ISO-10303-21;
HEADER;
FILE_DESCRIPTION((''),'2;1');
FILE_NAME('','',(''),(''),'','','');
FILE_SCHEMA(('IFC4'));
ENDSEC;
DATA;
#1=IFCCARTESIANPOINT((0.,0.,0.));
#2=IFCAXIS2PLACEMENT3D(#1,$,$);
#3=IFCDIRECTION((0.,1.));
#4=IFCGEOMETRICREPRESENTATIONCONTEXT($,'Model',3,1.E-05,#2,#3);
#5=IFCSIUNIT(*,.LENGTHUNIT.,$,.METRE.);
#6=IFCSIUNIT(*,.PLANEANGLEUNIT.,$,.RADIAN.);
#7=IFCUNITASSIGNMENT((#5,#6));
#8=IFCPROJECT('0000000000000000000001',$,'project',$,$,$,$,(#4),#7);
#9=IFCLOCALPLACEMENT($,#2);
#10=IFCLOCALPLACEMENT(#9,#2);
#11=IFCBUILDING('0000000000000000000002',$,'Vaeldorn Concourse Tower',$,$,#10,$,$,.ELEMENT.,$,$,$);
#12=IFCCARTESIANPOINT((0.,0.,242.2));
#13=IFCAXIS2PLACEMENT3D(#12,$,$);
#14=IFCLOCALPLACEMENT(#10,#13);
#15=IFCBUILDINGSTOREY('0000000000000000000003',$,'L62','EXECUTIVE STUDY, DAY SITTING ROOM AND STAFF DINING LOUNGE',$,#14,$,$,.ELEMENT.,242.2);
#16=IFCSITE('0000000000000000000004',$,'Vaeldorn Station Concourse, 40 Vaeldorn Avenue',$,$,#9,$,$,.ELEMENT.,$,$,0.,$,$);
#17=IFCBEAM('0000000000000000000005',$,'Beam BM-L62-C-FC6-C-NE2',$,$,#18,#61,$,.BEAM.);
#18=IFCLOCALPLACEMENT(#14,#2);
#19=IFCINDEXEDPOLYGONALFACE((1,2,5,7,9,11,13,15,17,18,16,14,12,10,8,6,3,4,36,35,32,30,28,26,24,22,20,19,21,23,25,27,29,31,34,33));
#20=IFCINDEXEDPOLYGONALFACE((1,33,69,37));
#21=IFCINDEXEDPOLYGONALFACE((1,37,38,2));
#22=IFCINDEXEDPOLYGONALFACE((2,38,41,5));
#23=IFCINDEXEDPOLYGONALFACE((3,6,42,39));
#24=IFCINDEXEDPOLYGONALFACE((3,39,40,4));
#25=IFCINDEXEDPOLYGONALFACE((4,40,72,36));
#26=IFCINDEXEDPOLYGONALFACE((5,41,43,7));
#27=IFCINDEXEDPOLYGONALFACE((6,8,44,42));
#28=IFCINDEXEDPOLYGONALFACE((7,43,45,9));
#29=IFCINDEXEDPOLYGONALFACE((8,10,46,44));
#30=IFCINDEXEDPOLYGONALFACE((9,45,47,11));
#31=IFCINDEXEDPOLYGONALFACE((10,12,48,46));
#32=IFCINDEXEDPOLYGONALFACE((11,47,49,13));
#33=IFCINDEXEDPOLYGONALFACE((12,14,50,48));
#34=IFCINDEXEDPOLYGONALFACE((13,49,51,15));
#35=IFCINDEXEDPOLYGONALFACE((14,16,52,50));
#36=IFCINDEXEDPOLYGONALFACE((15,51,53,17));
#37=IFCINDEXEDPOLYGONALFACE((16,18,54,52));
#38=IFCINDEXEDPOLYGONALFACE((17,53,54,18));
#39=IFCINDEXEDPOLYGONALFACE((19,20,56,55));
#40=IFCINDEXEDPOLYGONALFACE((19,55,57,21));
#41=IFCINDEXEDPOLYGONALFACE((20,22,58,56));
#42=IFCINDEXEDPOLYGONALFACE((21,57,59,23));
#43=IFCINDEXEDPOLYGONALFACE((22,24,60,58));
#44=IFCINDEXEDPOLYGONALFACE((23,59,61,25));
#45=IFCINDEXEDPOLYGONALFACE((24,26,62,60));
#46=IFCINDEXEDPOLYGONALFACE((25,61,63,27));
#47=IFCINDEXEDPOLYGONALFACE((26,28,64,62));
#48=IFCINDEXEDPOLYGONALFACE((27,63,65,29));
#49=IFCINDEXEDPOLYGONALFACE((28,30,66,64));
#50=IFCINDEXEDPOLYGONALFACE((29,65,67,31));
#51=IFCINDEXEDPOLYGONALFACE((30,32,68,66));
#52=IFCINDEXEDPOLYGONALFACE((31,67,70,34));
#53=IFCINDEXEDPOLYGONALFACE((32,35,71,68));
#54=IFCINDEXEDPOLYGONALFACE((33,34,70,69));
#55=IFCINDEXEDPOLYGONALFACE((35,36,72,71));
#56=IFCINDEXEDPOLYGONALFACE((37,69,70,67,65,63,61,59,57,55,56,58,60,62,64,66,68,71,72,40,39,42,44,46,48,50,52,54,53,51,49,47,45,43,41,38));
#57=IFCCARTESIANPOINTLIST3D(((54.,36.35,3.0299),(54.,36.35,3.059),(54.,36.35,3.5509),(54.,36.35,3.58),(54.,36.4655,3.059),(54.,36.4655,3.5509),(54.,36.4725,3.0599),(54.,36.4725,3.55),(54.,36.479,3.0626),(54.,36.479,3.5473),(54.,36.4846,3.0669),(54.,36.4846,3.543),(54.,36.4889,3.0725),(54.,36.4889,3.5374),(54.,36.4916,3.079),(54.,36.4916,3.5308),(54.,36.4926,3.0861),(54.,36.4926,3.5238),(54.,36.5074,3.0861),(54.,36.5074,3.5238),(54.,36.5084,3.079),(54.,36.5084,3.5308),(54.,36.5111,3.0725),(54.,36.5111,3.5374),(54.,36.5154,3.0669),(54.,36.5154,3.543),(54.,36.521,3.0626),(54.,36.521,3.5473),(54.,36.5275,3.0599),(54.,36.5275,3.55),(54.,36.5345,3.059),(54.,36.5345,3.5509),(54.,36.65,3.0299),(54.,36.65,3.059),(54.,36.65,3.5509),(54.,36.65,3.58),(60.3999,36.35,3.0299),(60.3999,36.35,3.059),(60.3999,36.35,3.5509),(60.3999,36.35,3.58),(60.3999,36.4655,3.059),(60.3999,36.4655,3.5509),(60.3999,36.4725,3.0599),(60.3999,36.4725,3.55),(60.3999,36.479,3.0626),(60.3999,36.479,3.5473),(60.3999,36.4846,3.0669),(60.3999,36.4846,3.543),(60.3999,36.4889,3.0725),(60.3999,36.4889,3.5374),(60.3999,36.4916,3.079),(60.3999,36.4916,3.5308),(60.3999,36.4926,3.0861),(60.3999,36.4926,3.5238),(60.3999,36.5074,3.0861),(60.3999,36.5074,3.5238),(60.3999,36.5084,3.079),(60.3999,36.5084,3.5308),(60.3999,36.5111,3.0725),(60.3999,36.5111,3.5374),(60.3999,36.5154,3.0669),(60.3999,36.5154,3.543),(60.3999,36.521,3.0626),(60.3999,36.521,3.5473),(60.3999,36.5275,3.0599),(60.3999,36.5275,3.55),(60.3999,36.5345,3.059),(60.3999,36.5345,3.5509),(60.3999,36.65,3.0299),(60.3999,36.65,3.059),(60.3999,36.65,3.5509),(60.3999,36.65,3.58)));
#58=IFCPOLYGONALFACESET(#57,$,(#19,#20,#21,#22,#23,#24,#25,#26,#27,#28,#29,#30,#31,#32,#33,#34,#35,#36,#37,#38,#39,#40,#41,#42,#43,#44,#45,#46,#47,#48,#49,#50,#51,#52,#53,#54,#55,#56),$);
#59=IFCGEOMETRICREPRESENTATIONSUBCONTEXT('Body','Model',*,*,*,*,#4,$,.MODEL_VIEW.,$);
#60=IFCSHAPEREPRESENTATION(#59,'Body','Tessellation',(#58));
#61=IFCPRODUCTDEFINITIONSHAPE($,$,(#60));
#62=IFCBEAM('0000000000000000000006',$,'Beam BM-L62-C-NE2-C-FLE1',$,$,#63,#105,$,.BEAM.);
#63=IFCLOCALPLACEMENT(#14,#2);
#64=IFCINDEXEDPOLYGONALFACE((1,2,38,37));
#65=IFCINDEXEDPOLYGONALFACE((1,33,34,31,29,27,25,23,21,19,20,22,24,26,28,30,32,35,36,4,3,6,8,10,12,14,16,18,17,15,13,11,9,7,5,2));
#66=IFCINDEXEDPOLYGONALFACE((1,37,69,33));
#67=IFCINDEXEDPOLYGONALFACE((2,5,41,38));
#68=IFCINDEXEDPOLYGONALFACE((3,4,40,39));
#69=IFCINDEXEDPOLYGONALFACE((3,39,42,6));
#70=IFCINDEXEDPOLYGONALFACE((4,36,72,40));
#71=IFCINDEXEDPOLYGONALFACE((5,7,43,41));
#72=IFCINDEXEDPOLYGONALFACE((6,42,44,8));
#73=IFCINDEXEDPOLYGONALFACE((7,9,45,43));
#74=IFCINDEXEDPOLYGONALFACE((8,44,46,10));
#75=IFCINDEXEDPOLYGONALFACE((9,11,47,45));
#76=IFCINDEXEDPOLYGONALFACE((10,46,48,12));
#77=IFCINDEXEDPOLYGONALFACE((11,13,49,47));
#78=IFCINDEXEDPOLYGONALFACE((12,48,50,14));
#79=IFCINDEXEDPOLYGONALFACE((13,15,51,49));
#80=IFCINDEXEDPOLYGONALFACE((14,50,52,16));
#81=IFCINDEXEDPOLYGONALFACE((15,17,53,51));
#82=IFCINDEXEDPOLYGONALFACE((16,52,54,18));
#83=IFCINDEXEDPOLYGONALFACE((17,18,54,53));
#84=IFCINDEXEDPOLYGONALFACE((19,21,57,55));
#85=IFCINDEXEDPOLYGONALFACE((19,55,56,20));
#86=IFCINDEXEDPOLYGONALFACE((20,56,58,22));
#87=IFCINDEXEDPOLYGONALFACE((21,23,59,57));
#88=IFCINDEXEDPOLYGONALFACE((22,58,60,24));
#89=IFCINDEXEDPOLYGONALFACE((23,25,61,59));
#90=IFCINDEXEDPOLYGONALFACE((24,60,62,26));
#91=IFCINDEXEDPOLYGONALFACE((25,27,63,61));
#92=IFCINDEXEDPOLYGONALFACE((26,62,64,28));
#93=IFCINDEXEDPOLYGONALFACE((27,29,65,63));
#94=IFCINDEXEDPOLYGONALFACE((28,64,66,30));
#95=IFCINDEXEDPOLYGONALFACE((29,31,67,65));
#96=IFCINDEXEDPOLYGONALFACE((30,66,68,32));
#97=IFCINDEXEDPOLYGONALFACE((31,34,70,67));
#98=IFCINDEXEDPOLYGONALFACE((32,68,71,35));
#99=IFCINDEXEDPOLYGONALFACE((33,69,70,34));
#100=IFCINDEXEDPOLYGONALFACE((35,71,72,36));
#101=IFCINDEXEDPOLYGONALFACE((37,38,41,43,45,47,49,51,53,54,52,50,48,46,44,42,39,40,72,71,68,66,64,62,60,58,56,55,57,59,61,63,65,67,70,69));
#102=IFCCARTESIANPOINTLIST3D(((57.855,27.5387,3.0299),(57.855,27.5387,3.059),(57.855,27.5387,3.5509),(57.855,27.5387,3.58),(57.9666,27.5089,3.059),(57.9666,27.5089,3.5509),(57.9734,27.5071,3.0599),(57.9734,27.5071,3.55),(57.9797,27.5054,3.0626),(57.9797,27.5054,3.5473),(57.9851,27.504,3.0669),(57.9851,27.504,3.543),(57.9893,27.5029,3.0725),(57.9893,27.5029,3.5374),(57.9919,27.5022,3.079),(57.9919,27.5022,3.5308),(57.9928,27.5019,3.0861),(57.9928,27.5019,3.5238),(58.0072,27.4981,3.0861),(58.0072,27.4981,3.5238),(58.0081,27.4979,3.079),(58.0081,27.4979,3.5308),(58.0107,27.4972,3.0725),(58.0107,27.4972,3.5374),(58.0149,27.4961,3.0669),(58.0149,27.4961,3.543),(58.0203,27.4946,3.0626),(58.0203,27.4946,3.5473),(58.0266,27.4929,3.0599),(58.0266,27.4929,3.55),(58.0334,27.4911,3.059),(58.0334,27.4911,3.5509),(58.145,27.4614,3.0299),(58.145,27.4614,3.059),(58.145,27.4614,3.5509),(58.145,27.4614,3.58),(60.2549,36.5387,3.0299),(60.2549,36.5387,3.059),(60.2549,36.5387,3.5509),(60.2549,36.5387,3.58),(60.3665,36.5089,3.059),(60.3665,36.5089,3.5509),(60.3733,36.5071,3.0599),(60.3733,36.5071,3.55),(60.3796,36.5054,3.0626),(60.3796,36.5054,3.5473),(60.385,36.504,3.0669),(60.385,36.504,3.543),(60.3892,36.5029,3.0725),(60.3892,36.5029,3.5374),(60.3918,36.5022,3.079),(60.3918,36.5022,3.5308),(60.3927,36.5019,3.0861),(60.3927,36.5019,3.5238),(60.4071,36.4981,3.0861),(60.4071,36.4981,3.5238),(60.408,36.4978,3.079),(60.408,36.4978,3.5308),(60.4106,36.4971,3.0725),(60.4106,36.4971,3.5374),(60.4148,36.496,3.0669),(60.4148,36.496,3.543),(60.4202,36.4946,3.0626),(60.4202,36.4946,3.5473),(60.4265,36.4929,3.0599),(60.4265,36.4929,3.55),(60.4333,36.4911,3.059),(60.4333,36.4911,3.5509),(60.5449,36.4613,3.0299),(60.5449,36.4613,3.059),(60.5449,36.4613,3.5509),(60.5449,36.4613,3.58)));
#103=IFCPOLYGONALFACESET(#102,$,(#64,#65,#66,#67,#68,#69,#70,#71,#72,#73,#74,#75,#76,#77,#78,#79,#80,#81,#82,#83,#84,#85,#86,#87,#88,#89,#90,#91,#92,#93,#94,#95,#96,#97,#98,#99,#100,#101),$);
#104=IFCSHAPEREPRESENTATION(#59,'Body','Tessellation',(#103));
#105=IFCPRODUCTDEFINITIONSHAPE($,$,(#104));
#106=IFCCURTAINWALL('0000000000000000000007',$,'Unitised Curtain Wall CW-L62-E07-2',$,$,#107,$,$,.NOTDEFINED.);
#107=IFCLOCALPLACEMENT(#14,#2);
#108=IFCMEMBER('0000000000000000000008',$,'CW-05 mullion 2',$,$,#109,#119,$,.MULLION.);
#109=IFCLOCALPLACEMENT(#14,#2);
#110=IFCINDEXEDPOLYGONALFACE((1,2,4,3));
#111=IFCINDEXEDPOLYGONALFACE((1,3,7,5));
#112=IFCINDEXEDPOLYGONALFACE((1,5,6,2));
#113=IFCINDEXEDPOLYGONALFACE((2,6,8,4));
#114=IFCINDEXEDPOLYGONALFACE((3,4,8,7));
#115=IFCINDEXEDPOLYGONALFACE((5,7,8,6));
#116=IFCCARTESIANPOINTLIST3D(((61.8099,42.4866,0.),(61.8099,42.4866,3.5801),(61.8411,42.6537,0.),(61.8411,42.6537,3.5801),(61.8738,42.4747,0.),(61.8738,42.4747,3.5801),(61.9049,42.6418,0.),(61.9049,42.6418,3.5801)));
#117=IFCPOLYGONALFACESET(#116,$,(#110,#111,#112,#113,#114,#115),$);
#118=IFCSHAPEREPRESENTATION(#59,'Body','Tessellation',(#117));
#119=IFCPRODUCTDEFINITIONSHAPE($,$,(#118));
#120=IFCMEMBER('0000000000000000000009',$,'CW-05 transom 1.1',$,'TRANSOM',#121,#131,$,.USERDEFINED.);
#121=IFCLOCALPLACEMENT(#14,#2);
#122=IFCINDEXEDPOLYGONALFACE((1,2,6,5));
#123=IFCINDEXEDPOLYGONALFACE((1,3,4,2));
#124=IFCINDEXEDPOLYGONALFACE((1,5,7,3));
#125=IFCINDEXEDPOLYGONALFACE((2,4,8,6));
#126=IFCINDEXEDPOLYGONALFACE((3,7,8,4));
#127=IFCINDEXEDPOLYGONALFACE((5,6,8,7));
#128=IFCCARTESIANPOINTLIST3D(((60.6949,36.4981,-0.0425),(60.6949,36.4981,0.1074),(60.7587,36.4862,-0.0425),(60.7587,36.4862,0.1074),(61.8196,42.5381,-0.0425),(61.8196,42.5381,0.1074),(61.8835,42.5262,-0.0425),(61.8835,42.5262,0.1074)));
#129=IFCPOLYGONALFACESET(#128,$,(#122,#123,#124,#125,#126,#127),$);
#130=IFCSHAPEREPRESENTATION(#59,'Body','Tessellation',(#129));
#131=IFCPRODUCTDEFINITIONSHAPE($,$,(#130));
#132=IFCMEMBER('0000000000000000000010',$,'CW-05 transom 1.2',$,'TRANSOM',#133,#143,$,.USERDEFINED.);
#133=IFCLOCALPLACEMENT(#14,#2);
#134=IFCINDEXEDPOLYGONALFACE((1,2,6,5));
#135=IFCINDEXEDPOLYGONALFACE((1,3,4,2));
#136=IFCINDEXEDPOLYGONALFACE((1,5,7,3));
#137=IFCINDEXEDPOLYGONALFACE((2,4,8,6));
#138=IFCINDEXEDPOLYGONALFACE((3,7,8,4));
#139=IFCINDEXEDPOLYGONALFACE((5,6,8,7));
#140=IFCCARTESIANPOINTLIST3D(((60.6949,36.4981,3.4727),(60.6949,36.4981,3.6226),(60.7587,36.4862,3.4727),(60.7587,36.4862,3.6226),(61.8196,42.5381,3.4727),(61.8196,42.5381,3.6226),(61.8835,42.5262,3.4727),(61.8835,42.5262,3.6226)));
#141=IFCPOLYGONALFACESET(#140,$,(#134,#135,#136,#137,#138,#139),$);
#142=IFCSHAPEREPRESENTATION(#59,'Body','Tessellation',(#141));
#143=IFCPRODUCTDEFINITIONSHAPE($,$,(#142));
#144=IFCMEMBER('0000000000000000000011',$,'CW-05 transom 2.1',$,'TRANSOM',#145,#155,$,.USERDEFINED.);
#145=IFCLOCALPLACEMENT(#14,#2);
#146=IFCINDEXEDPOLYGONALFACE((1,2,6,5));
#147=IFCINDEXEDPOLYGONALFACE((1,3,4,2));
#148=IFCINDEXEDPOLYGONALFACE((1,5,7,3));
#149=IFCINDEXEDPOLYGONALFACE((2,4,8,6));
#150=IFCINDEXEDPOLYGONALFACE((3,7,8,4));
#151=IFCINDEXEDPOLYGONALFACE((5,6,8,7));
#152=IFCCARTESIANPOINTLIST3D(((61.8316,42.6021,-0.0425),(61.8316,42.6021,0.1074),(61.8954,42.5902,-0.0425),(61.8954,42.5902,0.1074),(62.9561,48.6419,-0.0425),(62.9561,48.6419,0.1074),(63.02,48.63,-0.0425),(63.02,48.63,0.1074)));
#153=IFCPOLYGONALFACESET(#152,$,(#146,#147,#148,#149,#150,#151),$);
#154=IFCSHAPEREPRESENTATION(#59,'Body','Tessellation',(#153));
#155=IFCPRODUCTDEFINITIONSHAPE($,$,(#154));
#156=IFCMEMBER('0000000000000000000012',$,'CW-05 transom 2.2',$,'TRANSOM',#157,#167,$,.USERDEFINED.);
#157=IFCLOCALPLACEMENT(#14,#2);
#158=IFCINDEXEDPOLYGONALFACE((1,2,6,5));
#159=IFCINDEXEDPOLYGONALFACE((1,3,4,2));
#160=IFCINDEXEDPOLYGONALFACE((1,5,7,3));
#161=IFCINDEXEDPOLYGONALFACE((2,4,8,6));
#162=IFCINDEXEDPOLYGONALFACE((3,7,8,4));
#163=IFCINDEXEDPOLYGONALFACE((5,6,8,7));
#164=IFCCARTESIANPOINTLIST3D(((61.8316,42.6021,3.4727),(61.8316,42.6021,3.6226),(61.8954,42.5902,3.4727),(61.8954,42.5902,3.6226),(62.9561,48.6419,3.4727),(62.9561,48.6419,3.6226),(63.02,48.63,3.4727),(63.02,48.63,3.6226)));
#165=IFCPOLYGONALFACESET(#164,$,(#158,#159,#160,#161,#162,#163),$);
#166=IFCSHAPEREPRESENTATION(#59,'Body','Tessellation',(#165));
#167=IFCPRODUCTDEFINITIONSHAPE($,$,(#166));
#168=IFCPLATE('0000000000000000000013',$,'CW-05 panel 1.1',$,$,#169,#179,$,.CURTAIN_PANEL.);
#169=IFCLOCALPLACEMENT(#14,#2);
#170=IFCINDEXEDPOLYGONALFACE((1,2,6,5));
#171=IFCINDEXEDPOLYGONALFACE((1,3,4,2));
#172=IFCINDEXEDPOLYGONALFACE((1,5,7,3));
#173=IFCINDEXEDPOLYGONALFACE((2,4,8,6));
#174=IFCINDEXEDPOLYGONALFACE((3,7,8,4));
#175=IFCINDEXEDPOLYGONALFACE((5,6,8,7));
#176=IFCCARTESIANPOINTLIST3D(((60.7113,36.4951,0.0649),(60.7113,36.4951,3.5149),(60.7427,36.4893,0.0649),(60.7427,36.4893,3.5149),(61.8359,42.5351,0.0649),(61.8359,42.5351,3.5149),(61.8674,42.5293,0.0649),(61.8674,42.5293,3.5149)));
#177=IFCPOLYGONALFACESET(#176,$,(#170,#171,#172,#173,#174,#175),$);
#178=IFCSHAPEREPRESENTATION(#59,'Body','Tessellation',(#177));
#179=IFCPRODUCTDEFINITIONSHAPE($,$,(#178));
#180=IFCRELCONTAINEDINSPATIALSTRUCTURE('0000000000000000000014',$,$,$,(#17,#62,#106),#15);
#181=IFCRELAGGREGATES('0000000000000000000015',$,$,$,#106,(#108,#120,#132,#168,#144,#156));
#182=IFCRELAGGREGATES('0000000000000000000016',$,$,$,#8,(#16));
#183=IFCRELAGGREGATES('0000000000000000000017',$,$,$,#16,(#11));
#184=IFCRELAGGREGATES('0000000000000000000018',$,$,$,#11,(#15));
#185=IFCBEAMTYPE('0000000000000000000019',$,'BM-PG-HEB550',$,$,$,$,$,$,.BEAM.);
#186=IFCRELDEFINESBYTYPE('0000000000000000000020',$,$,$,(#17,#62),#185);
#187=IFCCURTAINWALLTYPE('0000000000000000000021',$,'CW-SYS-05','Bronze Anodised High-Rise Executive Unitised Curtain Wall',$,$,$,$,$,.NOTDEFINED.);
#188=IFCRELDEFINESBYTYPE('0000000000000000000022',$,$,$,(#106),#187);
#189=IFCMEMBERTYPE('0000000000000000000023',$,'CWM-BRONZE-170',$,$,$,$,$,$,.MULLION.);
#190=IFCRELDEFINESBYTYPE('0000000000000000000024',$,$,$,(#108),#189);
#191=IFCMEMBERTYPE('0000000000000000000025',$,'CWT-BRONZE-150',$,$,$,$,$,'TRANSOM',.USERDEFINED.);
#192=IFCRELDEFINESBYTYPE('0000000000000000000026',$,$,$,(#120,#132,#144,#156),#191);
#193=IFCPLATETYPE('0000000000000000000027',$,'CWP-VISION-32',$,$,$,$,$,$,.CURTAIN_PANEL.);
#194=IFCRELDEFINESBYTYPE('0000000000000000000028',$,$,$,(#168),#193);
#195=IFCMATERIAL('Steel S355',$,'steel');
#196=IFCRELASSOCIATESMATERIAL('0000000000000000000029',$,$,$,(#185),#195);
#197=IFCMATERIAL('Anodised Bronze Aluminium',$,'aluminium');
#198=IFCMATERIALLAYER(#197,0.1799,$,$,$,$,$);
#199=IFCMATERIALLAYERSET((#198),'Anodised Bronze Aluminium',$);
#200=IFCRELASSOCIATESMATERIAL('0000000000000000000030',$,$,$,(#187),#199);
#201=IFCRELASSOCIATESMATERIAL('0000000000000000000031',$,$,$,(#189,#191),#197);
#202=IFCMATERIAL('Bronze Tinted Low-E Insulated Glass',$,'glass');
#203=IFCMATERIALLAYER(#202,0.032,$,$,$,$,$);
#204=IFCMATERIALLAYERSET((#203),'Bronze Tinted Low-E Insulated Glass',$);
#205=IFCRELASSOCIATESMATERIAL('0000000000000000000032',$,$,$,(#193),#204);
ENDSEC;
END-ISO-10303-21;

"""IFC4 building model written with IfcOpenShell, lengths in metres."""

from ifc_helpers import new_model, si_unit, direction, frame, origin, origin_2d, place, context, subcontext, project, spatial, rectangle, i_section, extrude, source, transform, mapped, material, layer, layer_set, material_profile, profile_set, type_object, element, aggregate, save


model = new_model("IFC4")

# Units and contexts
model_context = context("Model", 3, precision=1e-05, world=origin(), true_north=direction((0.0, 1.0)))
body_context = subcontext(model_context, "Body", "Model", "MODEL_VIEW")
ifc_project = project(units=[si_unit("LENGTHUNIT", "METRE"), si_unit("PLANEANGLEUNIT", "RADIAN")], contexts=[model_context])

# Site, building, storey
site_placement = place(None, origin())
site = spatial("IfcSite", under=ifc_project, at=site_placement, Name="Vaeldorn Station Concourse, 40 Vaeldorn Avenue", CompositionType="ELEMENT", RefElevation=0.0)
building_placement = place(site_placement, origin())
building = spatial("IfcBuilding", under=site, at=building_placement, Name="Vaeldorn Concourse Tower", CompositionType="ELEMENT")
storey_placement = place(building_placement, frame((0.0, 0.0, 242.2)))
storey = spatial("IfcBuildingStorey", under=building, at=storey_placement, Name="L62", Description="EXECUTIVE STUDY, DAY SITTING ROOM AND STAFF DINING LOUNGE", CompositionType="ELEMENT", Elevation=242.2)

# Shared definitions
ifc_material_1 = material(Name="Steel S355", Category="steel")

# Beams
ifc_material_profile_1 = material_profile(ifc_material_1, i_section(OverallWidth=0.3, OverallDepth=0.55, WebThickness=0.0149, FlangeThickness=0.0291, FilletRadius=0.0271, at=origin_2d()), Name="HEB 550")
ifc_profile_set_1 = profile_set([ifc_material_profile_1], Name="Steel S355")
beam_type_1 = type_object("IfcBeamType", Name="BM-PG-HEB550", PredefinedType="BEAM", material=ifc_profile_set_1)
shared_shape_1 = source(origin(), body_context, "Body", "SweptSolid", [
    extrude(i_section(OverallWidth=0.3, OverallDepth=0.55, WebThickness=0.0149, FlangeThickness=0.0291, FilletRadius=0.0271, at=origin_2d()), origin(), (0.0, 0.0, 1.0), 6.3999),
])
beam_1_placement = place(storey_placement, frame((54.0, 36.5, 3.3049), z_axis=(1.0, 0.0, 0.0), x_axis=(0.0, 1.0, 0.0)))
element("IfcBeam", 1, at=beam_1_placement, inside=storey, type_object=beam_type_1, Name="Beam BM-L62-C-FC6-C-NE2", PredefinedType="BEAM", context=body_context, shape_type="MappedRepresentation", body=[
    mapped(shared_shape_1, transform((0.0, 0.0, 0.0), scale=1.0)),
])
shared_shape_2 = source(origin(), body_context, "Body", "SweptSolid", [
    extrude(i_section(OverallWidth=0.3, OverallDepth=0.55, WebThickness=0.0149, FlangeThickness=0.0291, FilletRadius=0.0271, at=origin_2d()), origin(), (0.0, 0.0, 1.0), 9.3145),
])
beam_2_placement = place(storey_placement, frame((60.3999, 36.5, 3.3049), z_axis=(-0.257653, -0.966238, 0.0), x_axis=(0.966238, -0.257653, 0.0)))
element("IfcBeam", 2, at=beam_2_placement, inside=storey, type_object=beam_type_1, Name="Beam BM-L62-C-NE2-C-FLE1", PredefinedType="BEAM", context=body_context, shape_type="MappedRepresentation", body=[
    mapped(shared_shape_2, transform((0.0, 0.0, 0.0), scale=1.0)),
])

# Curtain wall, members, plate
ifc_material_2 = material(Name="Anodised Bronze Aluminium", Category="aluminium")
ifc_layer_1 = layer(ifc_material_2, 0.1799)
ifc_layer_set_1 = layer_set([ifc_layer_1], Name="Anodised Bronze Aluminium")
curtain_wall_type = type_object("IfcCurtainWallType", Name="CW-SYS-05", Description="Bronze Anodised High-Rise Executive Unitised Curtain Wall", PredefinedType="NOTDEFINED", material=ifc_layer_set_1)
curtain_wall_placement = place(storey_placement, origin())
curtain_wall = element("IfcCurtainWall", 3, at=curtain_wall_placement, inside=storey, type_object=curtain_wall_type, Name="Unitised Curtain Wall CW-L62-E07-2", PredefinedType="NOTDEFINED")
ifc_material_profile_2 = material_profile(ifc_material_2, rectangle(XDim=0.0649, YDim=0.1699, at=origin_2d()), Name="CWM 65x170")
ifc_profile_set_2 = profile_set([ifc_material_profile_2], Name="Anodised Bronze Aluminium")
member_type_1 = type_object("IfcMemberType", Name="CWM-BRONZE-170", PredefinedType="MULLION", material=ifc_profile_set_2)
shared_shape_3 = source(origin(), body_context, "Body", "SweptSolid", [
    extrude(rectangle(XDim=0.0649, YDim=0.1699, at=origin_2d()), origin(), (0.0, 0.0, 1.0), 3.5801),
])
member_1_placement = place(storey_placement, frame((61.8574, 42.5642, 0.0), z_axis=(0.0, 0.0, 1.0), x_axis=(-0.983103, 0.183054, 0.0)))
member_1 = element("IfcMember", 4, at=member_1_placement, type_object=member_type_1, Name="CW-05 mullion 2", PredefinedType="MULLION", context=body_context, shape_type="MappedRepresentation", body=[
    mapped(shared_shape_3, transform((0.0, 0.0, 0.0), scale=1.0)),
])
ifc_material_profile_3 = material_profile(ifc_material_2, rectangle(XDim=0.0649, YDim=0.1499, at=origin_2d()), Name="CWT 65x150")
ifc_profile_set_3 = profile_set([ifc_material_profile_3], Name="Anodised Bronze Aluminium")
member_type_2 = type_object("IfcMemberType", Name="CWT-BRONZE-150", ElementType="TRANSOM", PredefinedType="USERDEFINED", material=ifc_profile_set_3)
shared_shape_4 = source(origin(), body_context, "Body", "SweptSolid", [
    extrude(rectangle(XDim=0.0649, YDim=0.1499, at=origin_2d()), origin(), (0.0, 0.0, 1.0), 6.1438),
])
member_2_placement = place(storey_placement, frame((60.7268, 36.4922, 0.0325), z_axis=(0.18307, 0.9831, 0.0), x_axis=(-0.9831, 0.18307, 0.0)))
member_2 = element("IfcMember", 5, at=member_2_placement, type_object=member_type_2, Name="CW-05 transom 1.1", ObjectType="TRANSOM", PredefinedType="USERDEFINED", context=body_context, shape_type="MappedRepresentation", body=[
    mapped(shared_shape_4, transform((0.0, 0.0, 0.0), scale=1.0)),
])
member_3_placement = place(storey_placement, frame((60.7268, 36.4922, 3.5476), z_axis=(0.18307, 0.9831, 0.0), x_axis=(-0.9831, 0.18307, 0.0)))
member_3 = element("IfcMember", 6, at=member_3_placement, type_object=member_type_2, Name="CW-05 transom 1.2", ObjectType="TRANSOM", PredefinedType="USERDEFINED", context=body_context, shape_type="MappedRepresentation", body=[
    mapped(shared_shape_4, transform((0.0, 0.0, 0.0), scale=1.0)),
])
shared_shape_5 = source(origin(), body_context, "Body", "SweptSolid", [
    extrude(rectangle(XDim=0.0649, YDim=0.1499, at=origin_2d()), origin(), (0.0, 0.0, 1.0), 6.1436),
])
member_4_placement = place(storey_placement, frame((61.8635, 42.5962, 0.0325), z_axis=(0.183038, 0.983106, 0.0), x_axis=(-0.983106, 0.183038, 0.0)))
member_4 = element("IfcMember", 7, at=member_4_placement, type_object=member_type_2, Name="CW-05 transom 2.1", ObjectType="TRANSOM", PredefinedType="USERDEFINED", context=body_context, shape_type="MappedRepresentation", body=[
    mapped(shared_shape_5, transform((0.0, 0.0, 0.0), scale=1.0)),
])
member_5_placement = place(storey_placement, frame((61.8635, 42.5962, 3.5476), z_axis=(0.183038, 0.983106, 0.0), x_axis=(-0.983106, 0.183038, 0.0)))
member_5 = element("IfcMember", 8, at=member_5_placement, type_object=member_type_2, Name="CW-05 transom 2.2", ObjectType="TRANSOM", PredefinedType="USERDEFINED", context=body_context, shape_type="MappedRepresentation", body=[
    mapped(shared_shape_5, transform((0.0, 0.0, 0.0), scale=1.0)),
])
ifc_material_3 = material(Name="Bronze Tinted Low-E Insulated Glass", Category="glass")
ifc_layer_2 = layer(ifc_material_3, 0.032)
ifc_layer_set_2 = layer_set([ifc_layer_2], Name="Bronze Tinted Low-E Insulated Glass")
plate_type = type_object("IfcPlateType", Name="CWP-VISION-32", PredefinedType="CURTAIN_PANEL", material=ifc_layer_set_2)
shared_shape_6 = source(origin(), body_context, "Body", "SweptSolid", [
    extrude(rectangle(XDim=6.1438, YDim=0.032, at=origin_2d()), origin(), (0.0, 0.0, 1.0), 3.45),
])
plate_placement = place(storey_placement, frame((61.2893, 39.5122, 0.0649), z_axis=(0.0, 0.0, 1.0), x_axis=(0.183054, 0.983103, 0.0)))
plate = element("IfcPlate", 9, at=plate_placement, type_object=plate_type, Name="CW-05 panel 1.1", PredefinedType="CURTAIN_PANEL", context=body_context, shape_type="MappedRepresentation", body=[
    mapped(shared_shape_6, transform((0.0, 0.0, 0.0), scale=1.0)),
])
aggregate(curtain_wall, [member_1, member_2, member_3, plate, member_4, member_5])

save(model, "model.ifc")
